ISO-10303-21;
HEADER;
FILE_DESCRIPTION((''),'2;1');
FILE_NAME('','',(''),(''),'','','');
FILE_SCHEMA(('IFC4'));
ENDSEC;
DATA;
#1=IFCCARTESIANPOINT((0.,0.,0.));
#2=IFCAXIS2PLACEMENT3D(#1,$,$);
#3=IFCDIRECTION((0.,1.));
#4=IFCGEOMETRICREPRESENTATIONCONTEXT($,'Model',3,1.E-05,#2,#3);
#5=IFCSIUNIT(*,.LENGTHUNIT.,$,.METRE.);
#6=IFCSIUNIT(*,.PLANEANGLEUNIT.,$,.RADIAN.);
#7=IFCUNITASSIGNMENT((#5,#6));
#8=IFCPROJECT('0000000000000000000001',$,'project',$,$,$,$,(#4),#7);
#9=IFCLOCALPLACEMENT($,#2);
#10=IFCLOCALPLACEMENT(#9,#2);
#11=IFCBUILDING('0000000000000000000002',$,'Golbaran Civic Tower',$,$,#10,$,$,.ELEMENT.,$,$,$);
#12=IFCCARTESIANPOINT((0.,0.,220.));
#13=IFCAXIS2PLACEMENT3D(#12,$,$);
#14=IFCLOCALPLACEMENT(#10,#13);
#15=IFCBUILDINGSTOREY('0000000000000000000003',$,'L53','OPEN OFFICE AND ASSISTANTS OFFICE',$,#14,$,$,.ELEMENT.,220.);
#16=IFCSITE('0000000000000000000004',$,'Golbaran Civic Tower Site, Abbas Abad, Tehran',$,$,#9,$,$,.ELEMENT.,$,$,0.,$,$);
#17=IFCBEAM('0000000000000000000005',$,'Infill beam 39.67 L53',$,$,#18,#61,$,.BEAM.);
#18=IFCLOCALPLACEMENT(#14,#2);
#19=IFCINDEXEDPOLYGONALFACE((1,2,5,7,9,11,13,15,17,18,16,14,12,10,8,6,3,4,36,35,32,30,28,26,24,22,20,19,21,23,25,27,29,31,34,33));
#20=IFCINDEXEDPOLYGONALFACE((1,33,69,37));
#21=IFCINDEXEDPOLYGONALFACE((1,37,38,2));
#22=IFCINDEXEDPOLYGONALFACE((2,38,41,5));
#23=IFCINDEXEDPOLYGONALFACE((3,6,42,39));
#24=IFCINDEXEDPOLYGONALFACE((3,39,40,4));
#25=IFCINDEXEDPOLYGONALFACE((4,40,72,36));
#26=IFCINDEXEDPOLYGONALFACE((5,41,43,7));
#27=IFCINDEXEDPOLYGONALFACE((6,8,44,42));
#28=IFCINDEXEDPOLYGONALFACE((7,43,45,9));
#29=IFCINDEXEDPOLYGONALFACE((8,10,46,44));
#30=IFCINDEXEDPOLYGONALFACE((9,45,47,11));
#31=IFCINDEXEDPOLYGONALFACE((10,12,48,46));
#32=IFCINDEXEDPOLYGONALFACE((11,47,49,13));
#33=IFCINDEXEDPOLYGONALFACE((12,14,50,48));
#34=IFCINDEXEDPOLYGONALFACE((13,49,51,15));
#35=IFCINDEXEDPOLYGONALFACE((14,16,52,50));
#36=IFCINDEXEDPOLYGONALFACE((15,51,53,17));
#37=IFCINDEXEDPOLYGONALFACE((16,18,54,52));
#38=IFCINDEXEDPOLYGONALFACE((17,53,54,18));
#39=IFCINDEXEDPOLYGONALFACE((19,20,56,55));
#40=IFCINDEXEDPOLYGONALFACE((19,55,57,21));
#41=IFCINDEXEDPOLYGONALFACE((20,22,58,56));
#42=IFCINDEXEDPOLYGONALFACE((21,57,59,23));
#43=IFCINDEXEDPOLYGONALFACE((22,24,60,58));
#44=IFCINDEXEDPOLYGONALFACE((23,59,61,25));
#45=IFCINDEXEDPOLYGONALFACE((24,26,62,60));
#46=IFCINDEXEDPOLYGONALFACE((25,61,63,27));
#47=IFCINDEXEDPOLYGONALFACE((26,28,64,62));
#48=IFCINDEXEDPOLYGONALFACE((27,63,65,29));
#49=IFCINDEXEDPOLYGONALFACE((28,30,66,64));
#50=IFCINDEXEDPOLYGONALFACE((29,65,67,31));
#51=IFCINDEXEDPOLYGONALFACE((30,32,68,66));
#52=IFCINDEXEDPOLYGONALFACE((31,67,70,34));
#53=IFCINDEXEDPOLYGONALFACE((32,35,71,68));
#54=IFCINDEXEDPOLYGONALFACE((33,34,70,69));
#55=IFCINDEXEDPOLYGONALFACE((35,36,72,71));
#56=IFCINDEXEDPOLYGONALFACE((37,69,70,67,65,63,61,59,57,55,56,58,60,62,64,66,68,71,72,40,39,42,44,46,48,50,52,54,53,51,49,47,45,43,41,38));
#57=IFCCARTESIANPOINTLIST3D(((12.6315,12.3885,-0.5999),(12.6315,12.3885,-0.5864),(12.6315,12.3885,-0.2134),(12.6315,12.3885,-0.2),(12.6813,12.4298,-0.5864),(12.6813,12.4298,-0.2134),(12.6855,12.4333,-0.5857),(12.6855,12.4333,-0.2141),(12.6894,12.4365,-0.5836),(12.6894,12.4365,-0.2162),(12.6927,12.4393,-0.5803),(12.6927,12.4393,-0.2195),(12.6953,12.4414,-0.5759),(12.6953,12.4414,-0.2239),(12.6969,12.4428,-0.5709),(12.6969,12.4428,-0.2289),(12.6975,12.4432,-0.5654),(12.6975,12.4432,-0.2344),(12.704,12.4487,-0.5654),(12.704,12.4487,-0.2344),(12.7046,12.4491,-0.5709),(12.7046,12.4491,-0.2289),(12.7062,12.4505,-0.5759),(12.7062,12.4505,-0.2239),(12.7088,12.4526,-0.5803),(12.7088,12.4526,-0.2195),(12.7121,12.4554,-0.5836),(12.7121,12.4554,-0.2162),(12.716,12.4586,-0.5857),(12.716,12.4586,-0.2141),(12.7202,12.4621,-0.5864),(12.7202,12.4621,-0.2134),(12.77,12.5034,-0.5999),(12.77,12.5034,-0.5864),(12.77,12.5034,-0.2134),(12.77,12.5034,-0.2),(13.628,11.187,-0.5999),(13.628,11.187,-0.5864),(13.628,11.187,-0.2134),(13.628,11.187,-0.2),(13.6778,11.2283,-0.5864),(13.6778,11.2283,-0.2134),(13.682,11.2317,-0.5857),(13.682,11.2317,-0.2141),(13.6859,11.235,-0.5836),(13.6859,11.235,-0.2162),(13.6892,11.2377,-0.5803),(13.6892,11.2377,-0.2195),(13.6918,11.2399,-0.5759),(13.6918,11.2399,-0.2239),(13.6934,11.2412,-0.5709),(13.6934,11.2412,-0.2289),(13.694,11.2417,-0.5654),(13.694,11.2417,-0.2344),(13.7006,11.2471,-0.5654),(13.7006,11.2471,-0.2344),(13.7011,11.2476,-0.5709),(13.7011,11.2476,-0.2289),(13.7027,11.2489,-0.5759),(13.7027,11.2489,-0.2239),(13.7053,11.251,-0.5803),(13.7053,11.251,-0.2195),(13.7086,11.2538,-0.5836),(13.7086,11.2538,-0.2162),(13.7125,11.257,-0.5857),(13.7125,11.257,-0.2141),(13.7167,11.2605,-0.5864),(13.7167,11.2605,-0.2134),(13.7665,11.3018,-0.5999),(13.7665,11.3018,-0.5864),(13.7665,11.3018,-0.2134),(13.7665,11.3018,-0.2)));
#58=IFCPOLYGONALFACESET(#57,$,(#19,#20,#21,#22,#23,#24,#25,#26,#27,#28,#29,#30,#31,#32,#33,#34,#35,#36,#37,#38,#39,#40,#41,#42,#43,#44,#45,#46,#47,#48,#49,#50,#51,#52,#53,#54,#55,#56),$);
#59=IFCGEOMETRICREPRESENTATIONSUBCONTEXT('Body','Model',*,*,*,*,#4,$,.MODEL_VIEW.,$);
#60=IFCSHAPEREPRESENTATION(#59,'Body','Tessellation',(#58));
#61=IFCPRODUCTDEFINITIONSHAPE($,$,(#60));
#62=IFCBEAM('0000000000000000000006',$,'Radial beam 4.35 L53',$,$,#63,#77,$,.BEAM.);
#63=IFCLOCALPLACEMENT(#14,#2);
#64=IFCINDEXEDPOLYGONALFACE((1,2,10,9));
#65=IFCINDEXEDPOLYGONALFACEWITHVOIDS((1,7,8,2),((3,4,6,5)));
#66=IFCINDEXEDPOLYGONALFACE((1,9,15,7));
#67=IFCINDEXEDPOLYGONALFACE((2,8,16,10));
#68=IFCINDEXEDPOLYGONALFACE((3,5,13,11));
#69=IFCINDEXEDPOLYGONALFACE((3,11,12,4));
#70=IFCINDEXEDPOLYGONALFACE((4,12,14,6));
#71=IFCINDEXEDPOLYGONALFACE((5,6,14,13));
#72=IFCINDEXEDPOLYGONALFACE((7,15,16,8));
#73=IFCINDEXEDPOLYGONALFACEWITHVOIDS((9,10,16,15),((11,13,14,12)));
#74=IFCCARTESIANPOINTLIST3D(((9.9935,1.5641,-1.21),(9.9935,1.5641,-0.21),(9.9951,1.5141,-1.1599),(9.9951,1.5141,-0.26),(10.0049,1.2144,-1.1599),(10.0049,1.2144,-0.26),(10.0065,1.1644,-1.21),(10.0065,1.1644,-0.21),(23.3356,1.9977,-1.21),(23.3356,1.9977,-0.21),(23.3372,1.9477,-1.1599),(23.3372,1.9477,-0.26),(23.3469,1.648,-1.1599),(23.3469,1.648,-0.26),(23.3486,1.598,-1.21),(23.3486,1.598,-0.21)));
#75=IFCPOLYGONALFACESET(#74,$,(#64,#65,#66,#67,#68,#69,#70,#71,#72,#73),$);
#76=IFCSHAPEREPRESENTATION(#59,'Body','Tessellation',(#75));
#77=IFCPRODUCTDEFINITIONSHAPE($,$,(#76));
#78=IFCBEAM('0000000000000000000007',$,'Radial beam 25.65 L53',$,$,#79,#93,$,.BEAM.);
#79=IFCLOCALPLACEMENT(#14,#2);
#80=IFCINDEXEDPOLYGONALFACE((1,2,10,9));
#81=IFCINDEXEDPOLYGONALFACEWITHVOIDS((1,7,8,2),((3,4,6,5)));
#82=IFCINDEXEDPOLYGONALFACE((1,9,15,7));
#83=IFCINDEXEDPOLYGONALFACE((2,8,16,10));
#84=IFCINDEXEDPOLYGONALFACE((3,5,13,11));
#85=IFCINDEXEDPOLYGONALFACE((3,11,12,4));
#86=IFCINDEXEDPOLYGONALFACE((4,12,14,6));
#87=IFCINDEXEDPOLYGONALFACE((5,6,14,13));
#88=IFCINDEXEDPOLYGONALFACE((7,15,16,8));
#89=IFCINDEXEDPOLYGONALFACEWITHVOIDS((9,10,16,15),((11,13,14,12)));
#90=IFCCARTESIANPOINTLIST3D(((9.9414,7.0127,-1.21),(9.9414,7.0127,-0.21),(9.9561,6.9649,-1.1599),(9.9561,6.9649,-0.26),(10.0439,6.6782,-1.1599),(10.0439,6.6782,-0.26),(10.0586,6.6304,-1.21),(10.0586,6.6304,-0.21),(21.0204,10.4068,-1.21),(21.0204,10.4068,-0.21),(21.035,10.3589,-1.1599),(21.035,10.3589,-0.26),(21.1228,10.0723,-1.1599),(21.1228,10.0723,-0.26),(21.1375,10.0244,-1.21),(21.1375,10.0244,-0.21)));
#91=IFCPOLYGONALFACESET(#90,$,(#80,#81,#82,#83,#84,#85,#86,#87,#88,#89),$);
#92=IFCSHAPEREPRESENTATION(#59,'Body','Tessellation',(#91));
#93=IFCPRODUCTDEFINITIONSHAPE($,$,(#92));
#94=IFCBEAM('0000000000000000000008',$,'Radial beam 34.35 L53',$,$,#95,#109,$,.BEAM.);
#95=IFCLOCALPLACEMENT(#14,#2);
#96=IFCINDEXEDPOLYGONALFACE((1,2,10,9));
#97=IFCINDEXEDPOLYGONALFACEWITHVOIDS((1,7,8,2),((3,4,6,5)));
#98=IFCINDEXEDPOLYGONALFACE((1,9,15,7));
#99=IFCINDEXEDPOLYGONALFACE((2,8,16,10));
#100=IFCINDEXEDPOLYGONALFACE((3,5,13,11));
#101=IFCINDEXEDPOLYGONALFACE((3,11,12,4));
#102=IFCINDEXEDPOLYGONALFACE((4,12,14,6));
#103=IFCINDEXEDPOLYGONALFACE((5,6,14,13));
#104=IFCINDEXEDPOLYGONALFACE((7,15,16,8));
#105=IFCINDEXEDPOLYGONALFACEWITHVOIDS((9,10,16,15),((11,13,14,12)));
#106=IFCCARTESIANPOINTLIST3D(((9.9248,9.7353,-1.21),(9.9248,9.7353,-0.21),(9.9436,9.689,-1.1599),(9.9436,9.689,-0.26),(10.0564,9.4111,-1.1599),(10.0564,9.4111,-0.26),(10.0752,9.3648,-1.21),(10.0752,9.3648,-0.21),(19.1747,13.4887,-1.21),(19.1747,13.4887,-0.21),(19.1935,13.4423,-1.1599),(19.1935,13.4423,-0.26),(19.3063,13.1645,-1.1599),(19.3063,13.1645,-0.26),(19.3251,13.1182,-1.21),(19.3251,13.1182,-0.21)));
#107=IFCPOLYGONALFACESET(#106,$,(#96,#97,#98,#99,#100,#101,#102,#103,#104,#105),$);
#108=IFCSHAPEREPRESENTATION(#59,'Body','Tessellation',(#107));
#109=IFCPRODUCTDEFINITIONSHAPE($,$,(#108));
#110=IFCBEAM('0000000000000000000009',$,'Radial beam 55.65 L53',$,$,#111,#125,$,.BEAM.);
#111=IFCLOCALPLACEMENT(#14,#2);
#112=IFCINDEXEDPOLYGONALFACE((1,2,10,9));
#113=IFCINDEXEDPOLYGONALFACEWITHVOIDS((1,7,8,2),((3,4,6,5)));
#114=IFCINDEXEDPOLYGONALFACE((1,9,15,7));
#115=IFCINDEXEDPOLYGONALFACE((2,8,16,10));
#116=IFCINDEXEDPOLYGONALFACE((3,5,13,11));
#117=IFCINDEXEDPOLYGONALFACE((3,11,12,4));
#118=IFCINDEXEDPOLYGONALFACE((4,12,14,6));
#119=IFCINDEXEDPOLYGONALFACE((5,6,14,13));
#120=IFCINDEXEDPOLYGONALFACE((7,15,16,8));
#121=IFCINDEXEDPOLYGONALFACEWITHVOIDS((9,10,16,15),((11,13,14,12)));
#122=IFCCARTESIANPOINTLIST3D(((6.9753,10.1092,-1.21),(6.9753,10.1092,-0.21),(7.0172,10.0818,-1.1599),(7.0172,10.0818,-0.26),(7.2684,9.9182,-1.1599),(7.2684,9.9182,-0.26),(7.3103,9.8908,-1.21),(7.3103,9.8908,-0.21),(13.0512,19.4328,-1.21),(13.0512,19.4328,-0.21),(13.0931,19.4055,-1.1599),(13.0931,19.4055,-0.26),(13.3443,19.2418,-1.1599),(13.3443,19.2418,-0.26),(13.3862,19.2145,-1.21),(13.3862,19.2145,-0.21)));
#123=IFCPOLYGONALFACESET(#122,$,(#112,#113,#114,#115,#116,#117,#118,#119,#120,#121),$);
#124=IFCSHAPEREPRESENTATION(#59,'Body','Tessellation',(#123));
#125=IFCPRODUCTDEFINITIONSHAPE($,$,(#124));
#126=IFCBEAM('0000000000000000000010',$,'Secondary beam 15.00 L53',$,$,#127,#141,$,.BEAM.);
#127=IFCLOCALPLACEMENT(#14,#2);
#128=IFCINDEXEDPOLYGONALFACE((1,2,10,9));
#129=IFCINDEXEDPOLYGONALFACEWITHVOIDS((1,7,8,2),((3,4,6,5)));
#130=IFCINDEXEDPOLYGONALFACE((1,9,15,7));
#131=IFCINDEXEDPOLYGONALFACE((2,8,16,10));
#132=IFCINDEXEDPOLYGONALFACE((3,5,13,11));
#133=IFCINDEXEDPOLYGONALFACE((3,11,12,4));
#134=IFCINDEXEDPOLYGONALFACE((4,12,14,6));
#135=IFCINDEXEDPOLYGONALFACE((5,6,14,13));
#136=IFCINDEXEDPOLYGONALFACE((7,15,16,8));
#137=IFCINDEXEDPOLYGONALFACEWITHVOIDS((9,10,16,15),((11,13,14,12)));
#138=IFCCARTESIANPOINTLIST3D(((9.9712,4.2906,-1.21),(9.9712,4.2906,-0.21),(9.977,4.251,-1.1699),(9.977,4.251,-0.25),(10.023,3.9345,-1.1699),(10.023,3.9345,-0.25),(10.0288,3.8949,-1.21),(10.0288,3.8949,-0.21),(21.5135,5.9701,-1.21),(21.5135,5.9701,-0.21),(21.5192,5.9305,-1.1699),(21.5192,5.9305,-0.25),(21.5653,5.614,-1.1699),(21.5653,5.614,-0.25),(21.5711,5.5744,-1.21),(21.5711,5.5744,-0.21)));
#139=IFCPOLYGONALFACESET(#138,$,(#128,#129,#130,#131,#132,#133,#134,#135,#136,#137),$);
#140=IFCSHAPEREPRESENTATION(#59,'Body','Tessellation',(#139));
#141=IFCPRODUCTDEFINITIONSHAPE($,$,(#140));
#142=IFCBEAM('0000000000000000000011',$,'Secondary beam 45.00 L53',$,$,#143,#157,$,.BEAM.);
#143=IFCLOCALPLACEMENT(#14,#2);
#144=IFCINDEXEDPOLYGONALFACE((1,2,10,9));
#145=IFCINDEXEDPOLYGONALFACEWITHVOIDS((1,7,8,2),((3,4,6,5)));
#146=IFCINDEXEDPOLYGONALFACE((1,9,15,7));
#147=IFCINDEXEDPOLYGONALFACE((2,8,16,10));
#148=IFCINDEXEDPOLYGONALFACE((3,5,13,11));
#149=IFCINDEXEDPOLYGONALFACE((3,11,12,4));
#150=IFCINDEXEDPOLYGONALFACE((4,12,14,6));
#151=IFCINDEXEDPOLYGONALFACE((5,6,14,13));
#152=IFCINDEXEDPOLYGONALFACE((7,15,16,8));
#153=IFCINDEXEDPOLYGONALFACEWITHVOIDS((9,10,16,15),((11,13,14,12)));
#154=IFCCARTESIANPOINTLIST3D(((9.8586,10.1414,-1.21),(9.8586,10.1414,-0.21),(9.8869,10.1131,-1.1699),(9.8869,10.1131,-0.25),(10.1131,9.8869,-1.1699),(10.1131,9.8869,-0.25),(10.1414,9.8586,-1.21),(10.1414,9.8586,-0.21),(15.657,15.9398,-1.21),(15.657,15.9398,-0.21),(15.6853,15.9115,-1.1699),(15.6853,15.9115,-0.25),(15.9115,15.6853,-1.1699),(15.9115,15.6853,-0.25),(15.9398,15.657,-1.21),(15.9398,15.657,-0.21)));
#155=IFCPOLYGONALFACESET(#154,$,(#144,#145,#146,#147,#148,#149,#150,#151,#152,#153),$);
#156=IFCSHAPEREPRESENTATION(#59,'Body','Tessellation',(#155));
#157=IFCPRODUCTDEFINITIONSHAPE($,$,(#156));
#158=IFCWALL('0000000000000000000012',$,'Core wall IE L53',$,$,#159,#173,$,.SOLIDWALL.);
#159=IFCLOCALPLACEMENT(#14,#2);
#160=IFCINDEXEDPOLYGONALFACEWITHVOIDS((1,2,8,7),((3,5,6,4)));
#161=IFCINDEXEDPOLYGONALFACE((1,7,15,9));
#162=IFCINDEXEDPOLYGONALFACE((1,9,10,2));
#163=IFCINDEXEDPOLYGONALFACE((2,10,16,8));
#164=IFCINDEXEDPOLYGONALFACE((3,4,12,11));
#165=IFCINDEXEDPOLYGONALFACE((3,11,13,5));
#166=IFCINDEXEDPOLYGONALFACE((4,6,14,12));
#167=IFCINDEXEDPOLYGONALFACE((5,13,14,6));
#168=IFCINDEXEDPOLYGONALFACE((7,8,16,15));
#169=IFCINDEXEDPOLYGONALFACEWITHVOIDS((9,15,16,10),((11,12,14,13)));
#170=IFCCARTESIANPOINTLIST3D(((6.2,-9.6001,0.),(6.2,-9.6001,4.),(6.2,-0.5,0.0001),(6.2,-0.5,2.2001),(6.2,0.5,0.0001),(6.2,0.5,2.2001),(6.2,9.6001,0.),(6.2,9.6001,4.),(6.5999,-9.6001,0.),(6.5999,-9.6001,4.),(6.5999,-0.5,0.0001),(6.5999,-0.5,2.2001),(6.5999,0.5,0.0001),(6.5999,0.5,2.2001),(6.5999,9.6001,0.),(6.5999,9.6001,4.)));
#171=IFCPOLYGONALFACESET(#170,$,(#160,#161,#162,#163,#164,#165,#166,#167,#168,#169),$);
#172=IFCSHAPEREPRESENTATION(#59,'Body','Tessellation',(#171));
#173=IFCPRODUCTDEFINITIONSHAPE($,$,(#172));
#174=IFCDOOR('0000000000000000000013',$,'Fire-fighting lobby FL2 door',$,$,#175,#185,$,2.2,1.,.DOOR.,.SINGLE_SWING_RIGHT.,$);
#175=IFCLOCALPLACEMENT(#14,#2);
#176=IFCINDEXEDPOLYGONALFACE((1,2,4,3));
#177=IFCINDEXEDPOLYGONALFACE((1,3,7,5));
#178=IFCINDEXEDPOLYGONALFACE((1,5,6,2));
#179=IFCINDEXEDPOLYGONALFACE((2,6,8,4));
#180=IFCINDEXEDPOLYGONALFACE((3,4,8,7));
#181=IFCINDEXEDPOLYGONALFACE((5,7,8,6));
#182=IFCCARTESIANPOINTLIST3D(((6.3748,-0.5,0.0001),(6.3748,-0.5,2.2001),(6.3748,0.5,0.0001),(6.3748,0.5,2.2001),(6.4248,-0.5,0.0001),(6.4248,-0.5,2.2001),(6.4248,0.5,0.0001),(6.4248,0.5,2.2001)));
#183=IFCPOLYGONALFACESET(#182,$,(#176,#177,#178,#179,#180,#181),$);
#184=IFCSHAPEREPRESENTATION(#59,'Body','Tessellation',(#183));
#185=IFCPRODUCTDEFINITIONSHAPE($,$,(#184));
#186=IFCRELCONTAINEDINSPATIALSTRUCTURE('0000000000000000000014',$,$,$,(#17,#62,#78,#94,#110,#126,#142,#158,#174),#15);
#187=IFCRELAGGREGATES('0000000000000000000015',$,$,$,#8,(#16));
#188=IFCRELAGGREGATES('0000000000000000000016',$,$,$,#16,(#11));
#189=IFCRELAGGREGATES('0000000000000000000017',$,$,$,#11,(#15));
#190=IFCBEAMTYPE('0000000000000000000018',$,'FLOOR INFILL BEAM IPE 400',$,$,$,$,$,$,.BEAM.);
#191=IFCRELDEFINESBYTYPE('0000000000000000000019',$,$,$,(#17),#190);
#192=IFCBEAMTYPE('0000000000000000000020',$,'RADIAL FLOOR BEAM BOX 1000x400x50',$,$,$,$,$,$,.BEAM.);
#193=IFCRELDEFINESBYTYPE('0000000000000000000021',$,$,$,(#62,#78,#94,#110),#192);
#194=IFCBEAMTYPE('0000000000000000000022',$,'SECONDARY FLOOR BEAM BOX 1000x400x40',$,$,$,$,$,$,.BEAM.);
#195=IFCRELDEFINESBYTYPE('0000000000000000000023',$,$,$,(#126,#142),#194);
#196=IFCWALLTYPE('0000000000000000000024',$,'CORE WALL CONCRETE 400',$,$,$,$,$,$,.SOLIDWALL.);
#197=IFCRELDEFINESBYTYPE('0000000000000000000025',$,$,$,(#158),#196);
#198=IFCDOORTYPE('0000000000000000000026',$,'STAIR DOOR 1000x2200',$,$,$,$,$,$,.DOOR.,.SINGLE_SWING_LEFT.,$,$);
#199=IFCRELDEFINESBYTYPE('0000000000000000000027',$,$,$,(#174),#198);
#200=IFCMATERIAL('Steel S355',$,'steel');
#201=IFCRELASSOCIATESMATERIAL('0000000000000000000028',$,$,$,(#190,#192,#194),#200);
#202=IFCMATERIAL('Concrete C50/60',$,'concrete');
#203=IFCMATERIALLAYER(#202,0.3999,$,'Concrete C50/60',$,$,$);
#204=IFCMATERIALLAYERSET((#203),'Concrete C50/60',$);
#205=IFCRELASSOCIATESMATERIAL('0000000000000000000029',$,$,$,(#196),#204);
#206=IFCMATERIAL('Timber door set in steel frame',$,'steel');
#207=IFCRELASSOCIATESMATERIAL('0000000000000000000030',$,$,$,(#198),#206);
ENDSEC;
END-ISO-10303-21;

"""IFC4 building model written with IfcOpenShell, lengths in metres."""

from ifc_helpers import new_model, si_unit, direction, frame, frame_2d, origin, origin_2d, place, context, subcontext, project, spatial, rectangle, hollow_rectangle, i_section, extrude, material, layer, layer_set, material_profile, profile_set, type_object, element, fill, save


model = new_model("IFC4")

# Units and contexts
model_context = context("Model", 3, precision=1e-05, world=origin(), true_north=direction((0.0, 1.0)))
body_context = subcontext(model_context, "Body", "Model", "MODEL_VIEW")
ifc_project = project(units=[si_unit("LENGTHUNIT", "METRE"), si_unit("PLANEANGLEUNIT", "RADIAN")], contexts=[model_context])

# Site, building, storey
site_placement = place(None, origin())
site = spatial("IfcSite", under=ifc_project, at=site_placement, Name="Golbaran Civic Tower Site, Abbas Abad, Tehran", CompositionType="ELEMENT", RefElevation=0.0)
building_placement = place(site_placement, origin())
building = spatial("IfcBuilding", under=site, at=building_placement, Name="Golbaran Civic Tower", CompositionType="ELEMENT")
storey_placement = place(building_placement, frame((0.0, 0.0, 220.0)))
storey = spatial("IfcBuildingStorey", under=building, at=storey_placement, Name="L53", Description="OPEN OFFICE AND ASSISTANTS OFFICE", CompositionType="ELEMENT", Elevation=220.0)

# Beams
ifc_material_1 = material(Name="Steel S355", Category="steel")
ifc_material_profile_1 = material_profile(ifc_material_1, i_section(OverallWidth=0.1799, OverallDepth=0.3999, WebThickness=0.0085, FlangeThickness=0.0134, FilletRadius=0.021, at=origin_2d()), Name="IPE 400")
ifc_profile_set_1 = profile_set([ifc_material_profile_1], Name="Steel S355")
beam_type_1 = type_object("IfcBeamType", Name="FLOOR INFILL BEAM IPE 400", PredefinedType="BEAM", material=ifc_profile_set_1)
beam_1_placement = place(storey_placement, frame((13.6973, 11.2444, -0.3999), z_axis=(-0.638368, 0.769732, 0.0), x_axis=(-0.769732, -0.638368, 0.0)))
element("IfcBeam", 1, at=beam_1_placement, inside=storey, type_object=beam_type_1, Name="Infill beam 39.67 L53", PredefinedType="BEAM", context=body_context, shape_type="SweptSolid", body=[
    extrude(i_section(OverallWidth=0.1799, OverallDepth=0.3999, WebThickness=0.0085, FlangeThickness=0.0134, FilletRadius=0.021, at=origin_2d()), origin(), (0.0, 0.0, 1.0), 1.561),
])
ifc_material_profile_2 = material_profile(ifc_material_1, hollow_rectangle(XDim=0.3999, YDim=1.0, WallThickness=0.05, at=origin_2d()), Name="BOX 1000x400x50")
ifc_profile_set_2 = profile_set([ifc_material_profile_2], Name="Steel S355")
beam_type_2 = type_object("IfcBeamType", Name="RADIAL FLOOR BEAM BOX 1000x400x50", PredefinedType="BEAM", material=ifc_profile_set_2)
beam_2_placement = place(storey_placement, frame((10.0, 1.3643, -0.71), z_axis=(0.999472, 0.032481, 0.0), x_axis=(-0.032481, 0.999472, 0.0)))
element("IfcBeam", 2, at=beam_2_placement, inside=storey, type_object=beam_type_2, Name="Radial beam 4.35 L53", PredefinedType="BEAM", context=body_context, shape_type="SweptSolid", body=[
    extrude(hollow_rectangle(XDim=0.3999, YDim=1.0, WallThickness=0.05, at=origin_2d()), origin(), (0.0, 0.0, 1.0), 13.3491),
])
beam_3_placement = place(storey_placement, frame((10.0, 6.8215, -0.71), z_axis=(0.956138, 0.292916, 0.0), x_axis=(-0.292916, 0.956138, 0.0)))
element("IfcBeam", 3, at=beam_3_placement, inside=storey, type_object=beam_type_2, Name="Radial beam 25.65 L53", PredefinedType="BEAM", context=body_context, shape_type="SweptSolid", body=[
    extrude(hollow_rectangle(XDim=0.3999, YDim=1.0, WallThickness=0.05, at=origin_2d()), origin(), (0.0, 0.0, 1.0), 11.5872),
])
beam_4_placement = place(storey_placement, frame((10.0, 9.55, -0.71), z_axis=(0.92662, 0.375999, 0.0), x_axis=(-0.375999, 0.92662, 0.0)))
element("IfcBeam", 4, at=beam_4_placement, inside=storey, type_object=beam_type_2, Name="Radial beam 34.35 L53", PredefinedType="BEAM", context=body_context, shape_type="SweptSolid", body=[
    extrude(hollow_rectangle(XDim=0.3999, YDim=1.0, WallThickness=0.05, at=origin_2d()), origin(), (0.0, 0.0, 1.0), 9.9824),
])
beam_5_placement = place(storey_placement, frame((7.1428, 10.0, -0.71), z_axis=(0.545967, 0.837806, 0.0), x_axis=(-0.837806, 0.545967, 0.0)))
element("IfcBeam", 5, at=beam_5_placement, inside=storey, type_object=beam_type_2, Name="Radial beam 55.65 L53", PredefinedType="BEAM", context=body_context, shape_type="SweptSolid", body=[
    extrude(hollow_rectangle(XDim=0.3999, YDim=1.0, WallThickness=0.05, at=origin_2d()), origin(), (0.0, 0.0, 1.0), 11.1287),
])
ifc_material_profile_3 = material_profile(ifc_material_1, hollow_rectangle(XDim=0.3999, YDim=1.0, WallThickness=0.04, at=origin_2d()), Name="BOX 1000x400x40")
ifc_profile_set_3 = profile_set([ifc_material_profile_3], Name="Steel S355")
beam_type_3 = type_object("IfcBeamType", Name="SECONDARY FLOOR BEAM BOX 1000x400x40", PredefinedType="BEAM", material=ifc_profile_set_3)
beam_6_placement = place(storey_placement, frame((10.0, 4.0928, -0.71), z_axis=(0.989579, 0.143988, 0.0), x_axis=(-0.143988, 0.989579, 0.0)))
element("IfcBeam", 6, at=beam_6_placement, inside=storey, type_object=beam_type_3, Name="Secondary beam 15.00 L53", PredefinedType="BEAM", context=body_context, shape_type="SweptSolid", body=[
    extrude(hollow_rectangle(XDim=0.3999, YDim=1.0, WallThickness=0.04, at=origin_2d()), origin(), (0.0, 0.0, 1.0), 11.6638),
])
beam_7_placement = place(storey_placement, frame((10.0, 10.0, -0.71), z_axis=(0.707107, 0.707107, 0.0), x_axis=(-0.707107, 0.707107, 0.0)))
element("IfcBeam", 7, at=beam_7_placement, inside=storey, type_object=beam_type_3, Name="Secondary beam 45.00 L53", PredefinedType="BEAM", context=body_context, shape_type="SweptSolid", body=[
    extrude(hollow_rectangle(XDim=0.3999, YDim=1.0, WallThickness=0.04, at=origin_2d()), origin(), (0.0, 0.0, 1.0), 8.2002),
])

# Wall, opening, door
ifc_material_2 = material(Name="Concrete C50/60", Category="concrete")
ifc_layer_1 = layer(ifc_material_2, 0.3999, Name="Concrete C50/60")
ifc_layer_set_1 = layer_set([ifc_layer_1], Name="Concrete C50/60")
wall_type_1 = type_object("IfcWallType", Name="CORE WALL CONCRETE 400", PredefinedType="SOLIDWALL", material=ifc_layer_set_1)
wall_1_placement = place(storey_placement, frame((6.3999, 9.6001, 0.0), z_axis=(0.0, 0.0, 1.0), x_axis=(0.0, -1.0, 0.0)))
wall_1 = element("IfcWall", 8, at=wall_1_placement, inside=storey, type_object=wall_type_1, Name="Core wall IE L53", PredefinedType="SOLIDWALL", context=body_context, shape_type="SweptSolid", body=[
    extrude(rectangle(XDim=19.2002, YDim=0.3999, at=frame_2d((9.6001, 0.0))), origin(), (0.0, 0.0, 1.0), 4.0),
])
opening_1_placement = place(wall_1_placement, frame((9.1001, 0.0, 0.0)))
opening_1 = element("IfcOpeningElement", 9, at=opening_1_placement, cuts=wall_1, PredefinedType="OPENING", context=body_context, shape_type="SweptSolid", body=[
    extrude(rectangle(XDim=1.0, YDim=2.2, at=frame_2d((0.5, 1.1001))), frame((0.0, 0.21, 0.0), z_axis=(0.0, -1.0, 0.0), x_axis=(1.0, 0.0, 0.0)), (0.0, 0.0, 1.0), 0.4199),
])
ifc_material_3 = material(Name="Timber door set in steel frame", Category="steel")
door_type_1 = type_object("IfcDoorType", Name="STAIR DOOR 1000x2200", OperationType="SINGLE_SWING_LEFT", PredefinedType="DOOR", material=ifc_material_3)
door_1_placement = place(opening_1_placement, origin())
door_1 = element("IfcDoor", 10, at=door_1_placement, inside=storey, type_object=door_type_1, Name="Fire-fighting lobby FL2 door", OperationType="SINGLE_SWING_RIGHT", OverallHeight=2.2, OverallWidth=1.0, PredefinedType="DOOR", context=body_context, shape_type="SweptSolid", body=[
    extrude(rectangle(XDim=1.0, YDim=2.2, at=frame_2d((0.5, 1.1001))), frame((0.0, 0.0249, 0.0), z_axis=(0.0, -1.0, 0.0), x_axis=(1.0, 0.0, 0.0)), (0.0, 0.0, 1.0), 0.05),
])
fill(opening_1, door_1)

save(model, "model.ifc")
